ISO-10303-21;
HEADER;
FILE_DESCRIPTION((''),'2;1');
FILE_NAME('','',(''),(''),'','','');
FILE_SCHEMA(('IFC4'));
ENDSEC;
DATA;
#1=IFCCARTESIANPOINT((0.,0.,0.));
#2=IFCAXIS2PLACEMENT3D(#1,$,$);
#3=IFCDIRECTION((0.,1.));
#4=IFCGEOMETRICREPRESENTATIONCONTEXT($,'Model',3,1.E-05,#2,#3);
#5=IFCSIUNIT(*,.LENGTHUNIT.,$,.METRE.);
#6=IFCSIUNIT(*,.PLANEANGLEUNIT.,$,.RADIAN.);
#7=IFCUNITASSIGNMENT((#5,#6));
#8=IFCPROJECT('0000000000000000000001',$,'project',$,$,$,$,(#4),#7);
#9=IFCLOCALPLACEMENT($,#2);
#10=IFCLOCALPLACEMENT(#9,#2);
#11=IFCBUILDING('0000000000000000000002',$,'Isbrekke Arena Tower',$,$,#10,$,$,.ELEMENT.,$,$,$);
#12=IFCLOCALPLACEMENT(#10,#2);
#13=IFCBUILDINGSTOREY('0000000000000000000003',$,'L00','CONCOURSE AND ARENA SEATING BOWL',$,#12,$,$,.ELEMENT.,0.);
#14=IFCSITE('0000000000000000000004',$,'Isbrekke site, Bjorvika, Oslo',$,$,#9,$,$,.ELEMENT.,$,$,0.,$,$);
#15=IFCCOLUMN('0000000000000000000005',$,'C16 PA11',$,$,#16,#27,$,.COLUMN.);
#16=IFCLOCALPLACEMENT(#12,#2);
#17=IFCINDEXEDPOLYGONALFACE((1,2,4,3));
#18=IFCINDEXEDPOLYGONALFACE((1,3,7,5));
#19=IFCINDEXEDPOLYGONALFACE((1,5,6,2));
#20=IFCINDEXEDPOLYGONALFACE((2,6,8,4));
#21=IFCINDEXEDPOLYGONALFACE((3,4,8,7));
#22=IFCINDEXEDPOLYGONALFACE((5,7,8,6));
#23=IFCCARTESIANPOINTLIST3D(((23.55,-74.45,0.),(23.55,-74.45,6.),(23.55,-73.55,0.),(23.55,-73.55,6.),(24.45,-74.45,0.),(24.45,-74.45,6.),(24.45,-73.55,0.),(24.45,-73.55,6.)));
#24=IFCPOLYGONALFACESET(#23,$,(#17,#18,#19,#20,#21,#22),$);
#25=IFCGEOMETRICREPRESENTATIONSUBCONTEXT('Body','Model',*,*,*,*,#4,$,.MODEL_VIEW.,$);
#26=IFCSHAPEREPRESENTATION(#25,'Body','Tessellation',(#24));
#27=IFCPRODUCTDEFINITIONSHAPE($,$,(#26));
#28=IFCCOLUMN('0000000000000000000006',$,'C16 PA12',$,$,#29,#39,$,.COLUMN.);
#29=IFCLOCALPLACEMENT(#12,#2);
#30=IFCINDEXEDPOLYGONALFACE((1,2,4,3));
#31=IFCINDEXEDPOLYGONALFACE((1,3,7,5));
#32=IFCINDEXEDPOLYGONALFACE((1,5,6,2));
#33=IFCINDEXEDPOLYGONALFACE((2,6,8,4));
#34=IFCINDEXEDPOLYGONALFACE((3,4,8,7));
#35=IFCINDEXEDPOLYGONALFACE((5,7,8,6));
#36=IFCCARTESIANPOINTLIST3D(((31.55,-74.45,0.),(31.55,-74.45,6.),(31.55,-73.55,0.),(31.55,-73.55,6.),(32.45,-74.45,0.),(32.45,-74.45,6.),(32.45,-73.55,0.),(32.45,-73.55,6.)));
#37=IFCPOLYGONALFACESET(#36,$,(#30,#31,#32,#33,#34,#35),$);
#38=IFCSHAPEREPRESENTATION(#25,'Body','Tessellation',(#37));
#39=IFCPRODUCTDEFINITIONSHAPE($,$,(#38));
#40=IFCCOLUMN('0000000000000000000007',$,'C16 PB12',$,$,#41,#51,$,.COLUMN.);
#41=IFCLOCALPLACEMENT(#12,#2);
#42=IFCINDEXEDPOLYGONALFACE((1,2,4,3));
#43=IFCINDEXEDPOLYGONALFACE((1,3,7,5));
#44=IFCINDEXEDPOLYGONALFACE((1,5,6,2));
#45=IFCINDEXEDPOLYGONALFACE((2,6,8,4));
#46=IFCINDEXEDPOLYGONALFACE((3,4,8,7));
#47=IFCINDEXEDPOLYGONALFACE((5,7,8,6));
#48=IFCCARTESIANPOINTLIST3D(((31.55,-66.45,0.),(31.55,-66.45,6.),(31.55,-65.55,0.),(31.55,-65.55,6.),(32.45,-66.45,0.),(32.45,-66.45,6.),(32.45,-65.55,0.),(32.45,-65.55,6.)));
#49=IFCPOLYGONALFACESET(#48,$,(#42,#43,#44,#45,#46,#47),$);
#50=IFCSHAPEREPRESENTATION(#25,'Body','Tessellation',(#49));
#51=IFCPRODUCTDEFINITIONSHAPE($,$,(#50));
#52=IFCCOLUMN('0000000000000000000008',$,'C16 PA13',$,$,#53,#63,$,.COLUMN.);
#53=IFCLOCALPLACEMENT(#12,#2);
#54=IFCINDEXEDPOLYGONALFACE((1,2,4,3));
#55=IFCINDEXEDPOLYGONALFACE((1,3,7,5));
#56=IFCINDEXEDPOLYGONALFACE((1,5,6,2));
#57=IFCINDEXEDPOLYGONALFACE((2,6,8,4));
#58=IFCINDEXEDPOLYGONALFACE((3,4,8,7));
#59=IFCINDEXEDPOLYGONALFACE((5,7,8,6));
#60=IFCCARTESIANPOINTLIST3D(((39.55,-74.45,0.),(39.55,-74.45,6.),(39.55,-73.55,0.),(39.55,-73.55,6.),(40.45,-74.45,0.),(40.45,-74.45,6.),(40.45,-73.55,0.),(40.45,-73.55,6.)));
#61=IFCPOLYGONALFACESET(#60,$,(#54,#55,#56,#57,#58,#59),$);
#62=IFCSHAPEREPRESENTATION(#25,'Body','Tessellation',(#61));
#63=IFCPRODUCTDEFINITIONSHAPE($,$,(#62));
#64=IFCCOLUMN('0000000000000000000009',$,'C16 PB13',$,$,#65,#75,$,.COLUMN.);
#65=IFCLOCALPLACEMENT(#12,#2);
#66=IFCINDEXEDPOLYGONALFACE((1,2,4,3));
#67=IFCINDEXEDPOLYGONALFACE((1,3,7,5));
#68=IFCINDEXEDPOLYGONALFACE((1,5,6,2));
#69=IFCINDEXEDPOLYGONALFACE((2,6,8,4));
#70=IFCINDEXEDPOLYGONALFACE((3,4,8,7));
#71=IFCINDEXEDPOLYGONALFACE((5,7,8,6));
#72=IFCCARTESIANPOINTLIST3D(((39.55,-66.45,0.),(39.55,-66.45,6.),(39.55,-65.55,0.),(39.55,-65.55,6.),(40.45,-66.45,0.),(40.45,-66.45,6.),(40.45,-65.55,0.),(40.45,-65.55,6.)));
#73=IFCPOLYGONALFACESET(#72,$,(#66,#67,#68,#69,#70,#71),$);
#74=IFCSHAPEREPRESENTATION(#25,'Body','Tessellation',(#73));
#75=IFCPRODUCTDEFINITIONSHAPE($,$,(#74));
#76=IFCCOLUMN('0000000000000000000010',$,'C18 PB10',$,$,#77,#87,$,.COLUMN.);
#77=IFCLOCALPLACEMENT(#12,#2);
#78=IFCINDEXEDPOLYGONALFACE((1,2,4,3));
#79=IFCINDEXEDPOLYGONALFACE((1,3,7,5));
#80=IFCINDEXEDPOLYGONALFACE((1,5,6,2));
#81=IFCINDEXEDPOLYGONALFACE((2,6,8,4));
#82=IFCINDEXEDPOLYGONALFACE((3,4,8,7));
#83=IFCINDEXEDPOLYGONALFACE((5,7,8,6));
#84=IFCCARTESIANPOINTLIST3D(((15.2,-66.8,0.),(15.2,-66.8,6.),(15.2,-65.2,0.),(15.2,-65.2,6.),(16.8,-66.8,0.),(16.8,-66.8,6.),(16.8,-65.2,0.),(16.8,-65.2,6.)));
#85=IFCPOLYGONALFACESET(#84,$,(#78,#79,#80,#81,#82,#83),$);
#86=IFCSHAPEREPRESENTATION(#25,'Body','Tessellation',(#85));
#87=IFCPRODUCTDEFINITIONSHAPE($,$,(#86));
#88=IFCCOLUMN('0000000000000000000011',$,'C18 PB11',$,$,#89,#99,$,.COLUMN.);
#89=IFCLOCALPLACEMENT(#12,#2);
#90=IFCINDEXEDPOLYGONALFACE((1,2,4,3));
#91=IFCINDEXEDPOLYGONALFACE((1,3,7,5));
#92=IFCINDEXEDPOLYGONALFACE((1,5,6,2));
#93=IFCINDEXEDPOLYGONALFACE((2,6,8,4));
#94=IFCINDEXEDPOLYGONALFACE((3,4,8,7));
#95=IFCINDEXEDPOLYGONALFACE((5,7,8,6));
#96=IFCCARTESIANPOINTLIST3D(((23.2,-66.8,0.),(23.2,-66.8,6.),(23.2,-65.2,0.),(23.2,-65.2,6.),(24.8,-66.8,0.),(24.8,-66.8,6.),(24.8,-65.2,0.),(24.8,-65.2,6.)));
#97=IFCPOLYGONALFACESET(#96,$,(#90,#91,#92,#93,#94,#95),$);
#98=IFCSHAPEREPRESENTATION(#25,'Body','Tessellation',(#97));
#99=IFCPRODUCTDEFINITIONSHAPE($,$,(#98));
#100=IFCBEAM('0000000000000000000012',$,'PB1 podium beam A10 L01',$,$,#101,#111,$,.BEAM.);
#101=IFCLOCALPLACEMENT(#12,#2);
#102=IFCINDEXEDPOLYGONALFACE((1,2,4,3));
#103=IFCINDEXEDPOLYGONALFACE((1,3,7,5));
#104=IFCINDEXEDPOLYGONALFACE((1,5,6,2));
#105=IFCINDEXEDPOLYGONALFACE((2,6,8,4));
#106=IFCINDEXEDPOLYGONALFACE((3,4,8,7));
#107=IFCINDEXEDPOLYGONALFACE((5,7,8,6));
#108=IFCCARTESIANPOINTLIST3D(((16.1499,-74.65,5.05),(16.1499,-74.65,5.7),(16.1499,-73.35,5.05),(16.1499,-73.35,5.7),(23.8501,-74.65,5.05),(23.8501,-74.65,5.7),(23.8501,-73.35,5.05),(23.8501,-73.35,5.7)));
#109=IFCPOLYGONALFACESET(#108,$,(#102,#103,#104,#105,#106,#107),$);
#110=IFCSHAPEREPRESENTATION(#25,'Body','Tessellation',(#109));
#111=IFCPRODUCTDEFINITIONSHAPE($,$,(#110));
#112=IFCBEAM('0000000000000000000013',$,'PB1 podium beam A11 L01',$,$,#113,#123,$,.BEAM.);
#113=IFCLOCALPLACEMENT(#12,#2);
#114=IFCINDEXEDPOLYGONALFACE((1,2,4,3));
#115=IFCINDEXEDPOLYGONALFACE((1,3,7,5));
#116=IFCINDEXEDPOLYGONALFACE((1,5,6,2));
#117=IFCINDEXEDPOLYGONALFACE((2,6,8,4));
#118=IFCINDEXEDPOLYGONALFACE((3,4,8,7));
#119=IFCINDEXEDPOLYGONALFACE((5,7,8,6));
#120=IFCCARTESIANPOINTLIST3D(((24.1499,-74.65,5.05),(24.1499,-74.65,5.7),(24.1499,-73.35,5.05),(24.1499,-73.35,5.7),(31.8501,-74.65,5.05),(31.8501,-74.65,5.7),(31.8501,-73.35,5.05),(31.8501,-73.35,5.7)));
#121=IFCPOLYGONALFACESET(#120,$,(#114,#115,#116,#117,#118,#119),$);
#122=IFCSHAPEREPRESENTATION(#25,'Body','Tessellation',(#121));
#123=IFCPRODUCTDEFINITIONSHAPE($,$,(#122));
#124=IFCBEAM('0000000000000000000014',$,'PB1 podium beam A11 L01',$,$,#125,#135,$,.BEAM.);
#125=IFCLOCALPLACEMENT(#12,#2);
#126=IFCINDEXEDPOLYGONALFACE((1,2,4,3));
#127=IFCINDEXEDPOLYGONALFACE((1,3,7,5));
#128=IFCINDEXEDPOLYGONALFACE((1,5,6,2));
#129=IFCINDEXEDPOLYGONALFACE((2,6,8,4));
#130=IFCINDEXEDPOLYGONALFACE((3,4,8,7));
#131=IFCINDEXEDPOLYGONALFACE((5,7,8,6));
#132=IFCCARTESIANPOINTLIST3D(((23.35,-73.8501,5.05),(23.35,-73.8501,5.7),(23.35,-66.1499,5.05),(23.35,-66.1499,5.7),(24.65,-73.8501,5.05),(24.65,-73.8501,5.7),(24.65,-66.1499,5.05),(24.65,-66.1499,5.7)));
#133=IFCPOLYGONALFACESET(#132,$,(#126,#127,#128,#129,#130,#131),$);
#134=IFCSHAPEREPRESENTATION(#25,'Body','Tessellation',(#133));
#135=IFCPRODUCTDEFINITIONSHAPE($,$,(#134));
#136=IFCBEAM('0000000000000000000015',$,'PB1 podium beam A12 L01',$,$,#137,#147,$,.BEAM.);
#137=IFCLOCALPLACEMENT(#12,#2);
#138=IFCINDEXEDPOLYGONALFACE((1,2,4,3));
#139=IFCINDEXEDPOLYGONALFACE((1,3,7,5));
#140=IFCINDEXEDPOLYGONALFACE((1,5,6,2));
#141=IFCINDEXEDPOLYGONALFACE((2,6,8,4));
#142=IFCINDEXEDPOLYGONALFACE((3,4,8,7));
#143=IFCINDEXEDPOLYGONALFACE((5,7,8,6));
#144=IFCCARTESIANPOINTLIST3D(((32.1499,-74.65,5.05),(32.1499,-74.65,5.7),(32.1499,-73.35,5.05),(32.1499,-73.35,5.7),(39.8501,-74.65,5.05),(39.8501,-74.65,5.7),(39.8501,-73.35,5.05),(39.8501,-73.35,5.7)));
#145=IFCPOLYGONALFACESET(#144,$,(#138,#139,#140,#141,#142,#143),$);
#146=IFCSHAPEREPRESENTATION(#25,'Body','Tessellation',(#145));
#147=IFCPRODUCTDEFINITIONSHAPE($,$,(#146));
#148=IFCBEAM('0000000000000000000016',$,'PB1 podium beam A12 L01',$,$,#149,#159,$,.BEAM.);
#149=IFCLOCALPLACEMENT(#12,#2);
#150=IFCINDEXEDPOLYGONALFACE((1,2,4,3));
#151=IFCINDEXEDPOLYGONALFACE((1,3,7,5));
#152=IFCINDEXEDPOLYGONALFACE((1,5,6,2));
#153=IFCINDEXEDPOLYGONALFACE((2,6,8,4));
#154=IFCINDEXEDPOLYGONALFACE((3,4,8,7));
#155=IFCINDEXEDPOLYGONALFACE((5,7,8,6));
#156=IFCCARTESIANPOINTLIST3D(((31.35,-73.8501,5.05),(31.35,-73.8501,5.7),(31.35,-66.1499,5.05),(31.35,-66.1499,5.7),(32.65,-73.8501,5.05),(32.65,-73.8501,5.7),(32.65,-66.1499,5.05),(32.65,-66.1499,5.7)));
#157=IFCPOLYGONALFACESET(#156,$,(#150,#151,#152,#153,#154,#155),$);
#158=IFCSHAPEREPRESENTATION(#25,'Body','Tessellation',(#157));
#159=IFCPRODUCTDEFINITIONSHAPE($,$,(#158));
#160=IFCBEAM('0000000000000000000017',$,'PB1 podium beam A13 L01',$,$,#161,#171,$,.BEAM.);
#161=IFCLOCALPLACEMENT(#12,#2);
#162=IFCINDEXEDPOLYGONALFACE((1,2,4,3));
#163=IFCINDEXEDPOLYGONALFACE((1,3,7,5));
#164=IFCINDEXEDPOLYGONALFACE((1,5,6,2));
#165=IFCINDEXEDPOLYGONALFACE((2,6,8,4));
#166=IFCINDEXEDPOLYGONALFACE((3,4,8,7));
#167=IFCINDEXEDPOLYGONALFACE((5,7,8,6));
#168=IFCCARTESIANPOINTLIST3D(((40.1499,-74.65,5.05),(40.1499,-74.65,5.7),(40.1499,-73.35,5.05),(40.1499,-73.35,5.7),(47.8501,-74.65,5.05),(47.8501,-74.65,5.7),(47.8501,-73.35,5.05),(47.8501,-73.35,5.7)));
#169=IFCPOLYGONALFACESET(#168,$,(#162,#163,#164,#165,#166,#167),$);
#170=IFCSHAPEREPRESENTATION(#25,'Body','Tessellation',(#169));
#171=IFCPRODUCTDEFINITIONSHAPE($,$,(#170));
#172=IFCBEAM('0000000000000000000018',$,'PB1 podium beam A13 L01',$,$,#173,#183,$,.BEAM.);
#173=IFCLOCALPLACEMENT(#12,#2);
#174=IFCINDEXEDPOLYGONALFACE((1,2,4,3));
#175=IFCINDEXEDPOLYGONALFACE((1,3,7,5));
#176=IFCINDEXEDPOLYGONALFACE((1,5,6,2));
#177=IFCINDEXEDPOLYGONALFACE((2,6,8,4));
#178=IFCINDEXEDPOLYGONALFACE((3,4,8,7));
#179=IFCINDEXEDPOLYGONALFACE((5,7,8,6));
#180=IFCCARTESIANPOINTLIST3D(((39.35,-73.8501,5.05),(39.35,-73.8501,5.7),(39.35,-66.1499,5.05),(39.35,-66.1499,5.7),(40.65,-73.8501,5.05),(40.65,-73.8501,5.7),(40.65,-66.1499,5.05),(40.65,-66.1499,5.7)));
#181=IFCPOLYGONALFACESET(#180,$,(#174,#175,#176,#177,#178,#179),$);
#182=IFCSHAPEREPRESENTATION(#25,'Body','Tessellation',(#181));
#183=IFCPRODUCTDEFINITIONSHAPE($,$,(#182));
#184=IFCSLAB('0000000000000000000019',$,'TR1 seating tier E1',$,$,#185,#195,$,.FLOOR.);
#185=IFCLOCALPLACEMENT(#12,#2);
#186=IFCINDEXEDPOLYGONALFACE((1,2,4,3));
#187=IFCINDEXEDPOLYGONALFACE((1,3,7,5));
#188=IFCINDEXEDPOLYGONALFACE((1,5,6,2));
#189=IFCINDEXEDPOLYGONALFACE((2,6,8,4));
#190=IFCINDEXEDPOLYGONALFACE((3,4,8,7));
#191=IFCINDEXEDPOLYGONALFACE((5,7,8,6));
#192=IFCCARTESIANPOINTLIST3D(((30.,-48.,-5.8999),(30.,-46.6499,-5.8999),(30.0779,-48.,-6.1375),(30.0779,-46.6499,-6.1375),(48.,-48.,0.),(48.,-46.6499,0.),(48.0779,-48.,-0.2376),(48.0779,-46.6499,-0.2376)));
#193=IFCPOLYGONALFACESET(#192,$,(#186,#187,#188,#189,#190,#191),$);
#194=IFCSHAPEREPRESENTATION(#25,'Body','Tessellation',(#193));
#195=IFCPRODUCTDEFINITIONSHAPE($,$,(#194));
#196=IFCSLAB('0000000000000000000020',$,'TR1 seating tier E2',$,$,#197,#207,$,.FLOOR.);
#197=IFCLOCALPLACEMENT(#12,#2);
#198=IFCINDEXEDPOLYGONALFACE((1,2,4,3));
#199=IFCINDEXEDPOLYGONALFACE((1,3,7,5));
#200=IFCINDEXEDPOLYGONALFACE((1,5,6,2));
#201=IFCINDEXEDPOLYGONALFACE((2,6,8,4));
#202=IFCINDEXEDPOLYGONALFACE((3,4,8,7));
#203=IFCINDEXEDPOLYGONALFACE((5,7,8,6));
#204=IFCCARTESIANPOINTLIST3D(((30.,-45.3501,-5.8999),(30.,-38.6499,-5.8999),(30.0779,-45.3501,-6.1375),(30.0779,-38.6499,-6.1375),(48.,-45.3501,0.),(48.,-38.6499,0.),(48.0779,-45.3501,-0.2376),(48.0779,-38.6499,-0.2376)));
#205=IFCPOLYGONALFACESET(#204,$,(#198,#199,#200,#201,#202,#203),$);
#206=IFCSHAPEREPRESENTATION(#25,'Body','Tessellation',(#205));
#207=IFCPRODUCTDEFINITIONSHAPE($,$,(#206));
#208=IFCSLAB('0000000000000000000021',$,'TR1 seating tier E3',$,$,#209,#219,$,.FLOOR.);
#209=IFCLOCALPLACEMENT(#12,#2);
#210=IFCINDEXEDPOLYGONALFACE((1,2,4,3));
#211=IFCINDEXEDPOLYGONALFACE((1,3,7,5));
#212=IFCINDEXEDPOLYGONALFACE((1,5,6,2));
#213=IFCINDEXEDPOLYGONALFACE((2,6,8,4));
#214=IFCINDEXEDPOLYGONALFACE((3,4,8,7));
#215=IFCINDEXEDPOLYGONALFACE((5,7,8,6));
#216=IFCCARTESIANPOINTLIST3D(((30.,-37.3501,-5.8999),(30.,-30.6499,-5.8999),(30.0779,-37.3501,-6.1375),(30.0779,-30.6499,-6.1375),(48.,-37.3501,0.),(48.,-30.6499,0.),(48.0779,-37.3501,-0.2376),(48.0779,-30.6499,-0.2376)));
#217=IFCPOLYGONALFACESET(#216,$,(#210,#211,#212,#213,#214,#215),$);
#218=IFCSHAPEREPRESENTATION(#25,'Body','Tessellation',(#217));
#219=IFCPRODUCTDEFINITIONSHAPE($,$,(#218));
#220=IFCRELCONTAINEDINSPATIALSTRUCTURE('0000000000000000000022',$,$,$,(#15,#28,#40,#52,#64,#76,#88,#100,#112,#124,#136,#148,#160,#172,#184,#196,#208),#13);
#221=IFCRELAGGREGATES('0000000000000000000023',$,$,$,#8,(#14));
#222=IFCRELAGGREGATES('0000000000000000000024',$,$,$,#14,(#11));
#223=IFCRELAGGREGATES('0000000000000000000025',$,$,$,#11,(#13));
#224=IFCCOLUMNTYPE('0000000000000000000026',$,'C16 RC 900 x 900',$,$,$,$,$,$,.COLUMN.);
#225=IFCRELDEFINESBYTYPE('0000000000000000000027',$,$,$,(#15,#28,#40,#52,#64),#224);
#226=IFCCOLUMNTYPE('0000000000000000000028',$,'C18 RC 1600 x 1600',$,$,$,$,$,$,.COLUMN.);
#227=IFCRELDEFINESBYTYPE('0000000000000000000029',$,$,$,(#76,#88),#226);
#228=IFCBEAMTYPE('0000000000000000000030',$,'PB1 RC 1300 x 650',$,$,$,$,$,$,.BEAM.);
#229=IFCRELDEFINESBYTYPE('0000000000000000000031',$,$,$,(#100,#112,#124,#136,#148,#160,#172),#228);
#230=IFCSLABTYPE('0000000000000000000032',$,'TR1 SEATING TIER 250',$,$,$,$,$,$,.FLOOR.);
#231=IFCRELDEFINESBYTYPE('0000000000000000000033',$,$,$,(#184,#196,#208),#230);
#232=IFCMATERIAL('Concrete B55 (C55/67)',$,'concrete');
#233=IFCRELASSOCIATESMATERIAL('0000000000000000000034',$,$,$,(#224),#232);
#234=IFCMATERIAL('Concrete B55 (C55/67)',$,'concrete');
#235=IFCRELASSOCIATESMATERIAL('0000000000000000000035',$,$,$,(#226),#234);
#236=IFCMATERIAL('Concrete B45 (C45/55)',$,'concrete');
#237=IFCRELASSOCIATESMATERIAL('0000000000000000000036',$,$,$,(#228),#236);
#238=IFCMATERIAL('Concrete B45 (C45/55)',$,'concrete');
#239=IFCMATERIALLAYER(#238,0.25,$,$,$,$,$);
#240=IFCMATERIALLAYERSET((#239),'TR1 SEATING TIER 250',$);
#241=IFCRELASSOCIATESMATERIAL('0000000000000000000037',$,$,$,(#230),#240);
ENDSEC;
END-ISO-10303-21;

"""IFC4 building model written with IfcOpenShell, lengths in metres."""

from ifc_helpers import new_model, si_unit, direction, frame, origin, origin_2d, place, context, subcontext, project, spatial, polyline, rectangle, outline, extrude, material, layer, layer_set, material_profile, profile_set, type_object, element, save


model = new_model("IFC4")

# Units and contexts
model_context = context("Model", 3, precision=1e-05, world=origin(), true_north=direction((0.0, 1.0)))
body_context = subcontext(model_context, "Body", "Model", "MODEL_VIEW")
ifc_project = project(units=[si_unit("LENGTHUNIT", "METRE"), si_unit("PLANEANGLEUNIT", "RADIAN")], contexts=[model_context])

# Site, building, storey
site_placement = place(None, origin())
site = spatial("IfcSite", under=ifc_project, at=site_placement, Name="Isbrekke site, Bjorvika, Oslo", CompositionType="ELEMENT", RefElevation=0.0)
building_placement = place(site_placement, origin())
building = spatial("IfcBuilding", under=site, at=building_placement, Name="Isbrekke Arena Tower", CompositionType="ELEMENT")
storey_placement = place(building_placement, origin())
storey = spatial("IfcBuildingStorey", under=building, at=storey_placement, Name="L00", Description="CONCOURSE AND ARENA SEATING BOWL", CompositionType="ELEMENT", Elevation=0.0)

# Columns
ifc_material_1 = material(Name="Concrete B55 (C55/67)", Category="concrete")
ifc_material_profile_1 = material_profile(ifc_material_1, rectangle(XDim=0.8999, YDim=0.8999, at=origin_2d()), Name="RC 900x900")
ifc_profile_set_1 = profile_set([ifc_material_profile_1], Name="Concrete B55 (C55/67)")
column_type_1 = type_object("IfcColumnType", Name="C16 RC 900 x 900", PredefinedType="COLUMN", material=ifc_profile_set_1)
for number, where, z_axis, x_axis, name in (
    (1, (24.0, -74.0, 0.0), (0.0, 0.0, 1.0), (1.0, 0.0, 0.0), "C16 PA11"),
    (2, (32.0, -74.0, 0.0), (0.0, 0.0, 1.0), (1.0, 0.0, 0.0), "C16 PA12"),
    (3, (32.0, -66.0, 0.0), (0.0, 0.0, 1.0), (1.0, 0.0, 0.0), "C16 PB12"),
    (4, (40.0, -74.0, 0.0), (0.0, 0.0, 1.0), (1.0, 0.0, 0.0), "C16 PA13"),
    (5, (40.0, -66.0, 0.0), (0.0, 0.0, 1.0), (1.0, 0.0, 0.0), "C16 PB13"),
):
    element("IfcColumn", number, at=place(storey_placement, frame(where, z_axis=z_axis, x_axis=x_axis)), inside=storey, type_object=column_type_1, Name=name, PredefinedType="COLUMN", context=body_context, shape_type="SweptSolid", body=[
        extrude(rectangle(XDim=0.8999, YDim=0.8999, at=origin_2d()), origin(), (0.0, 0.0, 1.0), 6.0),
    ])
ifc_material_2 = material(Name="Concrete B55 (C55/67)", Category="concrete")
ifc_material_profile_2 = material_profile(ifc_material_2, rectangle(XDim=1.6001, YDim=1.6001, at=origin_2d()), Name="RC 1600x1600")
ifc_profile_set_2 = profile_set([ifc_material_profile_2], Name="Concrete B55 (C55/67)")
column_type_2 = type_object("IfcColumnType", Name="C18 RC 1600 x 1600", PredefinedType="COLUMN", material=ifc_profile_set_2)
for number, where, z_axis, x_axis, name in (
    (6, (16.0, -66.0, 0.0), (0.0, 0.0, 1.0), (1.0, 0.0, 0.0), "C18 PB10"),
    (7, (24.0, -66.0, 0.0), (0.0, 0.0, 1.0), (1.0, 0.0, 0.0), "C18 PB11"),
):
    element("IfcColumn", number, at=place(storey_placement, frame(where, z_axis=z_axis, x_axis=x_axis)), inside=storey, type_object=column_type_2, Name=name, PredefinedType="COLUMN", context=body_context, shape_type="SweptSolid", body=[
        extrude(rectangle(XDim=1.6001, YDim=1.6001, at=origin_2d()), origin(), (0.0, 0.0, 1.0), 6.0),
    ])

# Beams
ifc_material_3 = material(Name="Concrete B45 (C45/55)", Category="concrete")
ifc_material_profile_3 = material_profile(ifc_material_3, rectangle(XDim=1.3, YDim=0.6499, at=origin_2d()), Name="RC 1300x650")
ifc_profile_set_3 = profile_set([ifc_material_profile_3], Name="Concrete B45 (C45/55)")
beam_type = type_object("IfcBeamType", Name="PB1 RC 1300 x 650", PredefinedType="BEAM", material=ifc_profile_set_3)
for number, where, z_axis, x_axis, name in (
    (8, (16.1499, -74.0, 5.375), (1.0, 0.0, 0.0), (0.0, 1.0, 0.0), "PB1 podium beam A10 L01"),
    (9, (24.1499, -74.0, 5.375), (1.0, 0.0, 0.0), (0.0, 1.0, 0.0), "PB1 podium beam A11 L01"),
    (10, (24.0, -73.8501, 5.375), (0.0, 1.0, 0.0), (-1.0, 0.0, 0.0), "PB1 podium beam A11 L01"),
    (11, (32.1499, -74.0, 5.375), (1.0, 0.0, 0.0), (0.0, 1.0, 0.0), "PB1 podium beam A12 L01"),
    (12, (32.0, -73.8501, 5.375), (0.0, 1.0, 0.0), (-1.0, 0.0, 0.0), "PB1 podium beam A12 L01"),
    (13, (40.1499, -74.0, 5.375), (1.0, 0.0, 0.0), (0.0, 1.0, 0.0), "PB1 podium beam A13 L01"),
    (14, (40.0, -73.8501, 5.375), (0.0, 1.0, 0.0), (-1.0, 0.0, 0.0), "PB1 podium beam A13 L01"),
):
    element("IfcBeam", number, at=place(storey_placement, frame(where, z_axis=z_axis, x_axis=x_axis)), inside=storey, type_object=beam_type, Name=name, PredefinedType="BEAM", context=body_context, shape_type="SweptSolid", body=[
        extrude(rectangle(XDim=1.3, YDim=0.6499, at=origin_2d()), origin(), (0.0, 0.0, 1.0), 7.7002),
    ])

# Slabs
ifc_material_4 = material(Name="Concrete B45 (C45/55)", Category="concrete")
ifc_layer = layer(ifc_material_4, 0.25)
ifc_layer_set = layer_set([ifc_layer], Name="TR1 SEATING TIER 250")
slab_type = type_object("IfcSlabType", Name="TR1 SEATING TIER 250", PredefinedType="FLOOR", material=ifc_layer_set)
slab_1_placement = place(storey_placement, frame((30.0, -48.0, -5.8999), z_axis=(-0.311468, 0.0, 0.950257), x_axis=(0.950257, 0.0, 0.311468)))
element("IfcSlab", 15, at=slab_1_placement, inside=storey, type_object=slab_type, Name="TR1 seating tier E1", PredefinedType="FLOOR", context=body_context, shape_type="SweptSolid", body=[
    extrude(outline(polyline([(0.0, 0.0), (18.9423, 0.0), (18.9423, 1.3501), (0.0, 1.3501), (0.0, 0.0)])), origin(), (0.0, 0.0, -1.0), 0.25),
])
for number, where, z_axis, x_axis, name in (
    (16, (30.0, -45.3501, -5.8999), (-0.311468, 0.0, 0.950257), (0.950257, 0.0, 0.311468), "TR1 seating tier E2"),
    (17, (30.0, -37.3501, -5.8999), (-0.311468, 0.0, 0.950257), (0.950257, 0.0, 0.311468), "TR1 seating tier E3"),
):
    element("IfcSlab", number, at=place(storey_placement, frame(where, z_axis=z_axis, x_axis=x_axis)), inside=storey, type_object=slab_type, Name=name, PredefinedType="FLOOR", context=body_context, shape_type="SweptSolid", body=[
        extrude(outline(polyline([(0.0, 0.0), (18.9423, 0.0), (18.9423, 6.7002), (0.0, 6.7002), (0.0, 0.0)])), origin(), (0.0, 0.0, -1.0), 0.25),
    ])

save(model, "model.ifc")
